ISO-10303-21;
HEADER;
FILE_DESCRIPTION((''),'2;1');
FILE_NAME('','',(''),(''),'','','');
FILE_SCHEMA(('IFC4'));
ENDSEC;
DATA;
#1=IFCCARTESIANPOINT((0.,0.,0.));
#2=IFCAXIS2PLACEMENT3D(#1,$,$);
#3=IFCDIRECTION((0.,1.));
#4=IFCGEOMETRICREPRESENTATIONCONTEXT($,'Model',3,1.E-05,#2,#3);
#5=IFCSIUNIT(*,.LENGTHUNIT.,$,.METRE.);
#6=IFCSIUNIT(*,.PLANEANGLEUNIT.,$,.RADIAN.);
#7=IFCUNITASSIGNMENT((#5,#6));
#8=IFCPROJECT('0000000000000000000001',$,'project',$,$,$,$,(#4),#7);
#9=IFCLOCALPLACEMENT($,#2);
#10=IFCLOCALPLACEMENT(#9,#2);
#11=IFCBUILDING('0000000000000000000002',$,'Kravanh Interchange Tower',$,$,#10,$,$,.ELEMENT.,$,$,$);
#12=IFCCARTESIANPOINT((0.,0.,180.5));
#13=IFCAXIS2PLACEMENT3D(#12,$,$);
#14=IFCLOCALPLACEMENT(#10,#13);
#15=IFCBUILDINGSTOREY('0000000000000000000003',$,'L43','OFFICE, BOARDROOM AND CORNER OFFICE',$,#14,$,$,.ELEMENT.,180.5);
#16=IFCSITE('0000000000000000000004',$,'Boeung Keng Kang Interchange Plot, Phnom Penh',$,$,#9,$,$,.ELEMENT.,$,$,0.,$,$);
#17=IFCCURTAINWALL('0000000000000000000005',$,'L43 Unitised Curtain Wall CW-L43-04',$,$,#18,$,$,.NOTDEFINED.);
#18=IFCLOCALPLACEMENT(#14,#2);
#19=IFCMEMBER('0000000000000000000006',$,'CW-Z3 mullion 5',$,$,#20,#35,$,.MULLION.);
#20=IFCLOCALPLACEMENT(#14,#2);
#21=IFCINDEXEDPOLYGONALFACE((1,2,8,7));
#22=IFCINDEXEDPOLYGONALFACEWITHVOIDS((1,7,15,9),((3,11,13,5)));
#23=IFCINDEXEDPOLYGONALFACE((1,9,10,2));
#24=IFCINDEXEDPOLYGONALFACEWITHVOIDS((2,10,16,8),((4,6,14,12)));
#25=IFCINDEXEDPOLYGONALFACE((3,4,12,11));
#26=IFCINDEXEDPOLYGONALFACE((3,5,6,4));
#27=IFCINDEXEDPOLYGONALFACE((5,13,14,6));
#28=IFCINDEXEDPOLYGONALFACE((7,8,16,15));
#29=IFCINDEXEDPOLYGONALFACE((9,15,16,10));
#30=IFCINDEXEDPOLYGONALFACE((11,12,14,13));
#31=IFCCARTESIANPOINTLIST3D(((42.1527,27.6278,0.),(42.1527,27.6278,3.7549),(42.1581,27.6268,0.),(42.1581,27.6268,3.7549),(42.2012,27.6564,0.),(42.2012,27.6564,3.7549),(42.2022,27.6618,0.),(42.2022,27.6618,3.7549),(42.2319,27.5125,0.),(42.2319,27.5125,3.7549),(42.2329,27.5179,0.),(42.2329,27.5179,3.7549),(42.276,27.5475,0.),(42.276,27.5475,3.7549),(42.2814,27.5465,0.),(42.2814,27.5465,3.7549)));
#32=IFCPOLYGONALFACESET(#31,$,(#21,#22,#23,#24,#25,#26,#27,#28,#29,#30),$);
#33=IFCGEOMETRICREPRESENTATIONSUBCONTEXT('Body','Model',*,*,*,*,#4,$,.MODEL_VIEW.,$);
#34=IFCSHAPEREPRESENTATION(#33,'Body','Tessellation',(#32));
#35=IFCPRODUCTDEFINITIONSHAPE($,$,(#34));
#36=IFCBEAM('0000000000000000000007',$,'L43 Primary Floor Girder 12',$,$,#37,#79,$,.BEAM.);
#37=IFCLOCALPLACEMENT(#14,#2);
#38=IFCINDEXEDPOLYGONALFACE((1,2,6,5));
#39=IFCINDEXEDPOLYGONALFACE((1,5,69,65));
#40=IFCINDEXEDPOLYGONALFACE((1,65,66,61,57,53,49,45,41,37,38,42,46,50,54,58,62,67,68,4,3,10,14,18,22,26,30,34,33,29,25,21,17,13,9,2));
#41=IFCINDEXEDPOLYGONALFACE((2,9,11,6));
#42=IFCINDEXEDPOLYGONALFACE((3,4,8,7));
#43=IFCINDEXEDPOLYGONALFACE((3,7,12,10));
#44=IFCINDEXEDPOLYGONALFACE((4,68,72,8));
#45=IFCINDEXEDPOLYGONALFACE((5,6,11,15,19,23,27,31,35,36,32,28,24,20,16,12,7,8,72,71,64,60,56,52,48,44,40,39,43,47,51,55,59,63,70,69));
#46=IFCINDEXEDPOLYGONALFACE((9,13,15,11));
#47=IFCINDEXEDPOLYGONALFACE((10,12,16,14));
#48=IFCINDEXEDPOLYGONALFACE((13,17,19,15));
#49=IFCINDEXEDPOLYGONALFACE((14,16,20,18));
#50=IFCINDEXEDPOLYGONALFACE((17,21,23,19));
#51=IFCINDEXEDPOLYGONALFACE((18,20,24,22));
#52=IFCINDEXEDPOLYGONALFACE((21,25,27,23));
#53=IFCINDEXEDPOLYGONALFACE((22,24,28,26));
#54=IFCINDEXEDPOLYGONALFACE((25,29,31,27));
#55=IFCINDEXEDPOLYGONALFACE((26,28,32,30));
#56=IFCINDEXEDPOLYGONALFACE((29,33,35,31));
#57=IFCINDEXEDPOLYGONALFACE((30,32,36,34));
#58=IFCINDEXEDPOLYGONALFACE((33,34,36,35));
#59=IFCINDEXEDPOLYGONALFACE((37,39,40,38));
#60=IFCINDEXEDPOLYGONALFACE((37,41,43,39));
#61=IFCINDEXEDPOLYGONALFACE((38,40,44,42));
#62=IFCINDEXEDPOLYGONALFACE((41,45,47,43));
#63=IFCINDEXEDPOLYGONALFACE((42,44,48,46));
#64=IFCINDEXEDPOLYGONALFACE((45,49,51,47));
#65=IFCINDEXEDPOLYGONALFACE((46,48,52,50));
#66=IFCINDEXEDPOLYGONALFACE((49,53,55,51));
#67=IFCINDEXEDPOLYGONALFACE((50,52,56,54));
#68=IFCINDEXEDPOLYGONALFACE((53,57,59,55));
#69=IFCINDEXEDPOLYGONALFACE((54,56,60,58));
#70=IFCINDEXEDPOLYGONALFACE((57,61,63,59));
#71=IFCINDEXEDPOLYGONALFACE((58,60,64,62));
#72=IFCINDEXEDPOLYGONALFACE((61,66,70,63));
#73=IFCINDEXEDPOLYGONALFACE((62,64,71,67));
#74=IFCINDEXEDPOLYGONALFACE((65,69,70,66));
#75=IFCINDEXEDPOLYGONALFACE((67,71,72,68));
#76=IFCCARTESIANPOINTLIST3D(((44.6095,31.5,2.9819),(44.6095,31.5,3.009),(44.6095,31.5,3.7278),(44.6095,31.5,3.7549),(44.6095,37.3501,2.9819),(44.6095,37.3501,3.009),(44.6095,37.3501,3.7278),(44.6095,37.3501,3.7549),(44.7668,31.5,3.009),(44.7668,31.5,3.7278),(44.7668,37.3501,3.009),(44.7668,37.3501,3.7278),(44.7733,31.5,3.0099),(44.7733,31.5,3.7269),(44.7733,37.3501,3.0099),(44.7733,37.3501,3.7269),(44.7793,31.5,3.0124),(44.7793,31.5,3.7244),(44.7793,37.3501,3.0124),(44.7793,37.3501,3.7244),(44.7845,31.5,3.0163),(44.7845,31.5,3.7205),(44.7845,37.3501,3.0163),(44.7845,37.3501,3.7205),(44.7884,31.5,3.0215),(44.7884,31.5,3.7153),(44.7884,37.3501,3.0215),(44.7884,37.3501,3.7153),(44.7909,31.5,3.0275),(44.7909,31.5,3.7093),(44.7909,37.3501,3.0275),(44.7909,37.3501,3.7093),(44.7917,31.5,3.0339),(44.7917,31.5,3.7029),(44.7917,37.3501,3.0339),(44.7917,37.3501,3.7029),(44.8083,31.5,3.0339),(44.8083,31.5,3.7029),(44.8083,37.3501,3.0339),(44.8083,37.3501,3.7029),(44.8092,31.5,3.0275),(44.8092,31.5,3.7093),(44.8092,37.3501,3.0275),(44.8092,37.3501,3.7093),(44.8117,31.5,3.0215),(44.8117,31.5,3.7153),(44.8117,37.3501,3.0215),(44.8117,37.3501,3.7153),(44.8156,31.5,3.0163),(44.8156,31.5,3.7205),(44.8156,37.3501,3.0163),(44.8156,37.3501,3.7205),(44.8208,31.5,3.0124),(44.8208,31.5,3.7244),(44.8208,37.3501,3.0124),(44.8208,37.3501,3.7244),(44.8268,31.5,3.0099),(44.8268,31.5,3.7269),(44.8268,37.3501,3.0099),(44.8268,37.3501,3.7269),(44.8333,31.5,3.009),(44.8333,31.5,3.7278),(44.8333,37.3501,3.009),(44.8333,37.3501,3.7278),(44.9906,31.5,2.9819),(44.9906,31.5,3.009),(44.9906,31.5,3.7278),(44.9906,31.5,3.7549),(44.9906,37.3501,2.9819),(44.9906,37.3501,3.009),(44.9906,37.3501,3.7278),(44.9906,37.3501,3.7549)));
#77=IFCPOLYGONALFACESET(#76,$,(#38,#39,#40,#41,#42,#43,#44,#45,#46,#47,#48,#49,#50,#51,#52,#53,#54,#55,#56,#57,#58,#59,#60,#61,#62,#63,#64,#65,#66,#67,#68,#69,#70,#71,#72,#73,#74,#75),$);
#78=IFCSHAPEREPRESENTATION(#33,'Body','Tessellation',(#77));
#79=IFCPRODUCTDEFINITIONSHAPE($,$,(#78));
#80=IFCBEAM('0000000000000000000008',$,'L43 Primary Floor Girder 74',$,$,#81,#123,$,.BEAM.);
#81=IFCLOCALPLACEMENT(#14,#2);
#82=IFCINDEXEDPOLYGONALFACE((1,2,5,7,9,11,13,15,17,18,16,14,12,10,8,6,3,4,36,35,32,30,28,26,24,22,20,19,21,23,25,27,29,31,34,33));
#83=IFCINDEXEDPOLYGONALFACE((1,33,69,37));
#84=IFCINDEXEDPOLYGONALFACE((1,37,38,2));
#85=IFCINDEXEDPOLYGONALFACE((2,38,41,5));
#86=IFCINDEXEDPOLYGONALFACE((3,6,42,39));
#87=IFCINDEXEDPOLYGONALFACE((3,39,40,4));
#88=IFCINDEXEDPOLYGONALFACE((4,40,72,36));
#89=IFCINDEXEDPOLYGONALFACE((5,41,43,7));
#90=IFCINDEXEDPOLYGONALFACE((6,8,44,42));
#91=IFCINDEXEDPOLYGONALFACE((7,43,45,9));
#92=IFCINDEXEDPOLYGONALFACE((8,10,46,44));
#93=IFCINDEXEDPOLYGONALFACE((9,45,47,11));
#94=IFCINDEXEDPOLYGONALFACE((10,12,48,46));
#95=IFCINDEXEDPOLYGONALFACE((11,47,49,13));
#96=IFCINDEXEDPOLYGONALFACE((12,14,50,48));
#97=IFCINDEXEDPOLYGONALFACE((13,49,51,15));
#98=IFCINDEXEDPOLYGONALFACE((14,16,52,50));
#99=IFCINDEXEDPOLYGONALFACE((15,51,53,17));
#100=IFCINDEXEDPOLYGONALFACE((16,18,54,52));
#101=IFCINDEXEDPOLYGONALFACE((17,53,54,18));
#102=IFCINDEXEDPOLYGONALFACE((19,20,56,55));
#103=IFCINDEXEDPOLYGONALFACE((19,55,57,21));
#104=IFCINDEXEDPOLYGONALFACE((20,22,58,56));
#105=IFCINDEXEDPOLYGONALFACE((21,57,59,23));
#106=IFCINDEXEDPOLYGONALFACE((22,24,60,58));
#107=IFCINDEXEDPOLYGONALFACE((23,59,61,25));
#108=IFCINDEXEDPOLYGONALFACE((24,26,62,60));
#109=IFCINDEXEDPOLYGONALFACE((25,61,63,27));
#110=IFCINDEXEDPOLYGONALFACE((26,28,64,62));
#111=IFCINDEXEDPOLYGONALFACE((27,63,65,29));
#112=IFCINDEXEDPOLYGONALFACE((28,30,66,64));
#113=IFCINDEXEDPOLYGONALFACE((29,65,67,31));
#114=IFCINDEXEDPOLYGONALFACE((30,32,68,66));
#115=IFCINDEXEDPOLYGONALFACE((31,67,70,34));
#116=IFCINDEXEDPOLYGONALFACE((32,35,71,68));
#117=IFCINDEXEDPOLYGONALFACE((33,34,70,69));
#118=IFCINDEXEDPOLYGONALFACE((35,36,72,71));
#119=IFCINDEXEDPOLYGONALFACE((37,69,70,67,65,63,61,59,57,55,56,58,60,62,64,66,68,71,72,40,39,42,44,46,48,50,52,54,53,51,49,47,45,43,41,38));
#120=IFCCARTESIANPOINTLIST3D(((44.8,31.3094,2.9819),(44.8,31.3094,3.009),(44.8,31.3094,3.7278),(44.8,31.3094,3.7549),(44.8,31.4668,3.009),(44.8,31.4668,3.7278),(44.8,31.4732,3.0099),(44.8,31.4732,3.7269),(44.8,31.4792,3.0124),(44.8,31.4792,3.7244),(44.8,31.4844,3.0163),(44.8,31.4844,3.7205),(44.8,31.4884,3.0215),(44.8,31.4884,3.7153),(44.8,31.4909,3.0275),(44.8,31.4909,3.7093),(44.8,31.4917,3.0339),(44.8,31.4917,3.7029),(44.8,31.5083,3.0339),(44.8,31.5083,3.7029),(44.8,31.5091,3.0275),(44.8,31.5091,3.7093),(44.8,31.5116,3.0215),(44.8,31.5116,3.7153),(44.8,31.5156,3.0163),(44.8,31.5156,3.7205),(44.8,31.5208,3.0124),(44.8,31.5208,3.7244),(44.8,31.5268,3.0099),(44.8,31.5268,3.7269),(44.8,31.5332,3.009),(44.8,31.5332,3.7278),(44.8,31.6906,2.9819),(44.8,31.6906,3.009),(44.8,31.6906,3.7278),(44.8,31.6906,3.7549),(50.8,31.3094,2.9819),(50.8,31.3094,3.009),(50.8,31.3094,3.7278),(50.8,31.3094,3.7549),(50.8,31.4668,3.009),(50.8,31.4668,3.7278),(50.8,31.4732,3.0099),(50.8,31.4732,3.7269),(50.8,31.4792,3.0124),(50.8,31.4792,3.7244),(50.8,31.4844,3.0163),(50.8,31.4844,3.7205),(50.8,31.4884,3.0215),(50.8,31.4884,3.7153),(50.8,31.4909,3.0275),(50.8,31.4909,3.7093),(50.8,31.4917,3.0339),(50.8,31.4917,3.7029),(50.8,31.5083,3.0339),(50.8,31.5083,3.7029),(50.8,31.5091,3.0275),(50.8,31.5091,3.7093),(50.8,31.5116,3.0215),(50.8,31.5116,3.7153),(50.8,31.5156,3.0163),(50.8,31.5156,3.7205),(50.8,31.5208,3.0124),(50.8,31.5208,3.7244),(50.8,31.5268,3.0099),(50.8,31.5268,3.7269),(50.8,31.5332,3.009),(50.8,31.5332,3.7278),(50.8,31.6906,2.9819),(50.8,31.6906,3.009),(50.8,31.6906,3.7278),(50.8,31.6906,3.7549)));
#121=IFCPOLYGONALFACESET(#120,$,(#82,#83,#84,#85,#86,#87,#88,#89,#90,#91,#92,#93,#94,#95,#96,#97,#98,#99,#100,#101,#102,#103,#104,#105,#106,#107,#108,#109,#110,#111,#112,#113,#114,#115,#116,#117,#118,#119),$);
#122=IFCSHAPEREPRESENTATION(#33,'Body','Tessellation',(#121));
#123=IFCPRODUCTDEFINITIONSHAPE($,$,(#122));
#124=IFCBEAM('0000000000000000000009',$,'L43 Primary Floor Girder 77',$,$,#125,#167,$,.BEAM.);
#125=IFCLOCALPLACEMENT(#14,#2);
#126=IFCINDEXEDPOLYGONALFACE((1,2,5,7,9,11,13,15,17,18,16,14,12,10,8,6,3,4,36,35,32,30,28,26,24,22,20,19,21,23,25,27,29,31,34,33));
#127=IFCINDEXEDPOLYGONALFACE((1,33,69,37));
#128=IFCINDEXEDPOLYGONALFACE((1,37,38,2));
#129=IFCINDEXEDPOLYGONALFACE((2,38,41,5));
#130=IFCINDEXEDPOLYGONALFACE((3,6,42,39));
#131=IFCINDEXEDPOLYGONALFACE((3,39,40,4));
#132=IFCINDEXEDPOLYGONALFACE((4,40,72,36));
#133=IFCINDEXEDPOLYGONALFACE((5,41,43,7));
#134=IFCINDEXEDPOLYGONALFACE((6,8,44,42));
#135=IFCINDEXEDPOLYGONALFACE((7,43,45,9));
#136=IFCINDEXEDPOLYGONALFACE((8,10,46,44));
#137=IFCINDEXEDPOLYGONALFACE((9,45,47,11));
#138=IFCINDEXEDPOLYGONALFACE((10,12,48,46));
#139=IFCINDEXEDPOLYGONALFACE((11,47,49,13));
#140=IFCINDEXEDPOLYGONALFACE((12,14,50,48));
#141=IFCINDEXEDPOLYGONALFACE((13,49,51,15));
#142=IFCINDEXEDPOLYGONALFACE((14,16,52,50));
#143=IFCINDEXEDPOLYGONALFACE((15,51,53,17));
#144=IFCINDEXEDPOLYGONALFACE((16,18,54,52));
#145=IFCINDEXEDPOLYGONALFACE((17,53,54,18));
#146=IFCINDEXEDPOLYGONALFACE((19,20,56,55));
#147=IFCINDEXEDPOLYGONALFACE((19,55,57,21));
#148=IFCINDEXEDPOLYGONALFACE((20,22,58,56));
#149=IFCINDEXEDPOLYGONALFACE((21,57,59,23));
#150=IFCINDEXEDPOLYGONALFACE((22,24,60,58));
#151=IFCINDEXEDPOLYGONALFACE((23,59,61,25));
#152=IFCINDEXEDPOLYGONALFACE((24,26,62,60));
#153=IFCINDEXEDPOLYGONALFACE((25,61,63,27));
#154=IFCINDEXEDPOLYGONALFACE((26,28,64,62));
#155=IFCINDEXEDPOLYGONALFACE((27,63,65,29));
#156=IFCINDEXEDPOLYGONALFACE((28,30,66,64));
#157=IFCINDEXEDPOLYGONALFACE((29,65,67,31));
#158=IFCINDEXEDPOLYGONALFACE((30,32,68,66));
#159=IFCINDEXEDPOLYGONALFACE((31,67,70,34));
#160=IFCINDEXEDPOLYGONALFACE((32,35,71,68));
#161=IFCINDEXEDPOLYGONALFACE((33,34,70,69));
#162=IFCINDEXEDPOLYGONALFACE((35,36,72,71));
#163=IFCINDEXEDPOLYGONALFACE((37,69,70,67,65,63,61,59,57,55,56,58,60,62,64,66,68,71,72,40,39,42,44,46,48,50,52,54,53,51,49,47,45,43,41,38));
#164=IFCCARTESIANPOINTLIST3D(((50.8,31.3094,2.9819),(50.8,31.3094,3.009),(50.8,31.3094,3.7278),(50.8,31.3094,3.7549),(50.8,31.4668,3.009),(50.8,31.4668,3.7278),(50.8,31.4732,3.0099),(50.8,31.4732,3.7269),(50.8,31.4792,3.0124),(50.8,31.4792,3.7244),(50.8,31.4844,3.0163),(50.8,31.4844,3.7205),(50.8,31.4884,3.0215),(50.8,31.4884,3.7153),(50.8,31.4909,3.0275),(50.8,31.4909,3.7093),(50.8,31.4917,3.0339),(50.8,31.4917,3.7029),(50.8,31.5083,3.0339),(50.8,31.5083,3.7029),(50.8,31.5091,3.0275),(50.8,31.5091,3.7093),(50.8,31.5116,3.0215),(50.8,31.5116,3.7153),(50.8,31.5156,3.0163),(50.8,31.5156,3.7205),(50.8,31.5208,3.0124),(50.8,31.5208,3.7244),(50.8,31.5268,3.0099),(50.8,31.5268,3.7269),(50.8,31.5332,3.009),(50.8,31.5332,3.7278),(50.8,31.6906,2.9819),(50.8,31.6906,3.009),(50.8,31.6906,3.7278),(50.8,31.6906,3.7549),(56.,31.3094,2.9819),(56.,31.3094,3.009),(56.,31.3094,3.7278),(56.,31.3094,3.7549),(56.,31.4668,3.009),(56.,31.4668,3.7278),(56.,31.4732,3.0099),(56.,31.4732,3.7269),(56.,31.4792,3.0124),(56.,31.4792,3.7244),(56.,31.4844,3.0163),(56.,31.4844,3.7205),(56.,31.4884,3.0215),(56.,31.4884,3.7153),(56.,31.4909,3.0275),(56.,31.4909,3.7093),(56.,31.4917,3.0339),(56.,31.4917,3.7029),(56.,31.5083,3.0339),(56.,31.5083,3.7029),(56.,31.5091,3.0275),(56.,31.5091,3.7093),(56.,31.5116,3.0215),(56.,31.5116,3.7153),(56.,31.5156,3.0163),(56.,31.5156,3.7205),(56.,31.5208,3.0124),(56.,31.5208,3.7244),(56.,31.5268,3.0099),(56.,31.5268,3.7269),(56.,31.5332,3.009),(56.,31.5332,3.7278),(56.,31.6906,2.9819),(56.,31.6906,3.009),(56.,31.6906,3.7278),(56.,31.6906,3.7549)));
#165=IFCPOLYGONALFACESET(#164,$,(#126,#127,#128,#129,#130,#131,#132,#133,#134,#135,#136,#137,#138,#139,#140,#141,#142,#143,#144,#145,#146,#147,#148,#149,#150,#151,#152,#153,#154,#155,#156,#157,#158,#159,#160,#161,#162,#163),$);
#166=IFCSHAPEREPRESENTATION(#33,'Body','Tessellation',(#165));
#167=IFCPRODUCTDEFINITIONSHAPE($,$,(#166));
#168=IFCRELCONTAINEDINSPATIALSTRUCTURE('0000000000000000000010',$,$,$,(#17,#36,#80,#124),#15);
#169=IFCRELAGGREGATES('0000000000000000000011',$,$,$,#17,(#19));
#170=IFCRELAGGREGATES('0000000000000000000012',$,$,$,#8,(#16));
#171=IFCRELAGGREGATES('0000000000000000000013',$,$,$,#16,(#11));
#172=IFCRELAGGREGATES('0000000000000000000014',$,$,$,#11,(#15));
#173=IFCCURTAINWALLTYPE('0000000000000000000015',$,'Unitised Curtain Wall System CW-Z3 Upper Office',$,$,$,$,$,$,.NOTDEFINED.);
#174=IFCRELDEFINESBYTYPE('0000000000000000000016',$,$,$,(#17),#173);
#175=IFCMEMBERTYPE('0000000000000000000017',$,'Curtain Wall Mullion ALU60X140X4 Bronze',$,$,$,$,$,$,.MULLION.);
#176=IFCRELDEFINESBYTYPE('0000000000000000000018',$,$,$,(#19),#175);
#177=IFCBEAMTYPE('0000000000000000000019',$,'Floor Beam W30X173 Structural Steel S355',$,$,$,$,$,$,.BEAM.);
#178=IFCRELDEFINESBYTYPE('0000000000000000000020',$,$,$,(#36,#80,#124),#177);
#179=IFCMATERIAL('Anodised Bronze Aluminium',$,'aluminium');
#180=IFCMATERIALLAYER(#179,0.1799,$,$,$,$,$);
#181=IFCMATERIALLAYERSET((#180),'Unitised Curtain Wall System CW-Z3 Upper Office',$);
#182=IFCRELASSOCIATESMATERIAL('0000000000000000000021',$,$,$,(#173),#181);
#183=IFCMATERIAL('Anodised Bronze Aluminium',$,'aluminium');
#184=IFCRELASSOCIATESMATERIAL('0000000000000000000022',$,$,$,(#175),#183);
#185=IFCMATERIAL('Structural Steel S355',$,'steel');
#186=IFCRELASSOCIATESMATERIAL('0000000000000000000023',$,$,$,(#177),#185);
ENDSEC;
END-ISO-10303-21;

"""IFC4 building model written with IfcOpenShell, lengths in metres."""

from ifc_helpers import new_model, si_unit, direction, frame, origin, origin_2d, place, context, subcontext, project, spatial, hollow_rectangle, i_section, extrude, material, layer, layer_set, material_profile, profile_set, type_object, element, aggregate, save


model = new_model("IFC4")

# Units and contexts
model_context = context("Model", 3, precision=1e-05, world=origin(), true_north=direction((0.0, 1.0)))
body_context = subcontext(model_context, "Body", "Model", "MODEL_VIEW")
ifc_project = project(units=[si_unit("LENGTHUNIT", "METRE"), si_unit("PLANEANGLEUNIT", "RADIAN")], contexts=[model_context])

# Site, building, storey
site_placement = place(None, origin())
site = spatial("IfcSite", under=ifc_project, at=site_placement, Name="Boeung Keng Kang Interchange Plot, Phnom Penh", CompositionType="ELEMENT", RefElevation=0.0)
building_placement = place(site_placement, origin())
building = spatial("IfcBuilding", under=site, at=building_placement, Name="Kravanh Interchange Tower", CompositionType="ELEMENT")
storey_placement = place(building_placement, frame((0.0, 0.0, 180.5)))
storey = spatial("IfcBuildingStorey", under=building, at=storey_placement, Name="L43", Description="OFFICE, BOARDROOM AND CORNER OFFICE", CompositionType="ELEMENT", Elevation=180.5)

# Curtain wall, member
ifc_material_1 = material(Name="Anodised Bronze Aluminium", Category="aluminium")
ifc_layer_1 = layer(ifc_material_1, 0.1799)
ifc_layer_set_1 = layer_set([ifc_layer_1], Name="Unitised Curtain Wall System CW-Z3 Upper Office")
curtain_wall_type = type_object("IfcCurtainWallType", Name="Unitised Curtain Wall System CW-Z3 Upper Office", PredefinedType="NOTDEFINED", material=ifc_layer_set_1)
curtain_wall_placement = place(storey_placement, origin())
curtain_wall = element("IfcCurtainWall", 1, at=curtain_wall_placement, inside=storey, type_object=curtain_wall_type, Name="L43 Unitised Curtain Wall CW-L43-04", PredefinedType="NOTDEFINED")
ifc_material_2 = material(Name="Anodised Bronze Aluminium", Category="aluminium")
ifc_material_profile_1 = material_profile(ifc_material_2, hollow_rectangle(XDim=0.0601, YDim=0.1399, WallThickness=0.0039, at=origin_2d()), Name="ALU60X140X4")
ifc_profile_set_1 = profile_set([ifc_material_profile_1], Name="Anodised Bronze Aluminium")
member_type = type_object("IfcMemberType", Name="Curtain Wall Mullion ALU60X140X4 Bronze", PredefinedType="MULLION", material=ifc_profile_set_1)
member_placement = place(storey_placement, frame((42.217, 27.5872, 0.0), z_axis=(0.0, 0.0, 1.0), x_axis=(-0.824042, -0.566528, 0.0)))
member = element("IfcMember", 2, at=member_placement, type_object=member_type, Name="CW-Z3 mullion 5", PredefinedType="MULLION", context=body_context, shape_type="SweptSolid", body=[
    extrude(hollow_rectangle(XDim=0.0601, YDim=0.1399, WallThickness=0.0039, at=origin_2d()), origin(), (0.0, 0.0, 1.0), 3.7549),
])
aggregate(curtain_wall, [member])

# Beams
ifc_material_3 = material(Name="Structural Steel S355", Category="steel")
ifc_material_profile_2 = material_profile(ifc_material_3, i_section(OverallWidth=0.3811, OverallDepth=0.7729, WebThickness=0.0166, FlangeThickness=0.0271, FilletRadius=0.0249, at=origin_2d()), Name="W30X173")
ifc_profile_set_2 = profile_set([ifc_material_profile_2], Name="Structural Steel S355")
beam_type_1 = type_object("IfcBeamType", Name="Floor Beam W30X173 Structural Steel S355", PredefinedType="BEAM", material=ifc_profile_set_2)
beam_1_placement = place(storey_placement, frame((44.8, 37.3501, 3.3684), z_axis=(0.0, -1.0, 0.0), x_axis=(1.0, 0.0, 0.0)))
element("IfcBeam", 3, at=beam_1_placement, inside=storey, type_object=beam_type_1, Name="L43 Primary Floor Girder 12", PredefinedType="BEAM", context=body_context, shape_type="SweptSolid", body=[
    extrude(i_section(OverallWidth=0.3811, OverallDepth=0.7729, WebThickness=0.0166, FlangeThickness=0.0271, FilletRadius=0.0249, at=origin_2d()), origin(), (0.0, 0.0, 1.0), 5.8501),
])
beam_2_placement = place(storey_placement, frame((44.8, 31.5, 3.3684), z_axis=(1.0, 0.0, 0.0), x_axis=(0.0, 1.0, 0.0)))
element("IfcBeam", 4, at=beam_2_placement, inside=storey, type_object=beam_type_1, Name="L43 Primary Floor Girder 74", PredefinedType="BEAM", context=body_context, shape_type="SweptSolid", body=[
    extrude(i_section(OverallWidth=0.3811, OverallDepth=0.7729, WebThickness=0.0166, FlangeThickness=0.0271, FilletRadius=0.0249, at=origin_2d()), origin(), (0.0, 0.0, 1.0), 6.0),
])
beam_3_placement = place(storey_placement, frame((50.8, 31.5, 3.3684), z_axis=(1.0, 0.0, 0.0), x_axis=(0.0, 1.0, 0.0)))
element("IfcBeam", 5, at=beam_3_placement, inside=storey, type_object=beam_type_1, Name="L43 Primary Floor Girder 77", PredefinedType="BEAM", context=body_context, shape_type="SweptSolid", body=[
    extrude(i_section(OverallWidth=0.3811, OverallDepth=0.7729, WebThickness=0.0166, FlangeThickness=0.0271, FilletRadius=0.0249, at=origin_2d()), origin(), (0.0, 0.0, 1.0), 5.2),
])

save(model, "model.ifc")
